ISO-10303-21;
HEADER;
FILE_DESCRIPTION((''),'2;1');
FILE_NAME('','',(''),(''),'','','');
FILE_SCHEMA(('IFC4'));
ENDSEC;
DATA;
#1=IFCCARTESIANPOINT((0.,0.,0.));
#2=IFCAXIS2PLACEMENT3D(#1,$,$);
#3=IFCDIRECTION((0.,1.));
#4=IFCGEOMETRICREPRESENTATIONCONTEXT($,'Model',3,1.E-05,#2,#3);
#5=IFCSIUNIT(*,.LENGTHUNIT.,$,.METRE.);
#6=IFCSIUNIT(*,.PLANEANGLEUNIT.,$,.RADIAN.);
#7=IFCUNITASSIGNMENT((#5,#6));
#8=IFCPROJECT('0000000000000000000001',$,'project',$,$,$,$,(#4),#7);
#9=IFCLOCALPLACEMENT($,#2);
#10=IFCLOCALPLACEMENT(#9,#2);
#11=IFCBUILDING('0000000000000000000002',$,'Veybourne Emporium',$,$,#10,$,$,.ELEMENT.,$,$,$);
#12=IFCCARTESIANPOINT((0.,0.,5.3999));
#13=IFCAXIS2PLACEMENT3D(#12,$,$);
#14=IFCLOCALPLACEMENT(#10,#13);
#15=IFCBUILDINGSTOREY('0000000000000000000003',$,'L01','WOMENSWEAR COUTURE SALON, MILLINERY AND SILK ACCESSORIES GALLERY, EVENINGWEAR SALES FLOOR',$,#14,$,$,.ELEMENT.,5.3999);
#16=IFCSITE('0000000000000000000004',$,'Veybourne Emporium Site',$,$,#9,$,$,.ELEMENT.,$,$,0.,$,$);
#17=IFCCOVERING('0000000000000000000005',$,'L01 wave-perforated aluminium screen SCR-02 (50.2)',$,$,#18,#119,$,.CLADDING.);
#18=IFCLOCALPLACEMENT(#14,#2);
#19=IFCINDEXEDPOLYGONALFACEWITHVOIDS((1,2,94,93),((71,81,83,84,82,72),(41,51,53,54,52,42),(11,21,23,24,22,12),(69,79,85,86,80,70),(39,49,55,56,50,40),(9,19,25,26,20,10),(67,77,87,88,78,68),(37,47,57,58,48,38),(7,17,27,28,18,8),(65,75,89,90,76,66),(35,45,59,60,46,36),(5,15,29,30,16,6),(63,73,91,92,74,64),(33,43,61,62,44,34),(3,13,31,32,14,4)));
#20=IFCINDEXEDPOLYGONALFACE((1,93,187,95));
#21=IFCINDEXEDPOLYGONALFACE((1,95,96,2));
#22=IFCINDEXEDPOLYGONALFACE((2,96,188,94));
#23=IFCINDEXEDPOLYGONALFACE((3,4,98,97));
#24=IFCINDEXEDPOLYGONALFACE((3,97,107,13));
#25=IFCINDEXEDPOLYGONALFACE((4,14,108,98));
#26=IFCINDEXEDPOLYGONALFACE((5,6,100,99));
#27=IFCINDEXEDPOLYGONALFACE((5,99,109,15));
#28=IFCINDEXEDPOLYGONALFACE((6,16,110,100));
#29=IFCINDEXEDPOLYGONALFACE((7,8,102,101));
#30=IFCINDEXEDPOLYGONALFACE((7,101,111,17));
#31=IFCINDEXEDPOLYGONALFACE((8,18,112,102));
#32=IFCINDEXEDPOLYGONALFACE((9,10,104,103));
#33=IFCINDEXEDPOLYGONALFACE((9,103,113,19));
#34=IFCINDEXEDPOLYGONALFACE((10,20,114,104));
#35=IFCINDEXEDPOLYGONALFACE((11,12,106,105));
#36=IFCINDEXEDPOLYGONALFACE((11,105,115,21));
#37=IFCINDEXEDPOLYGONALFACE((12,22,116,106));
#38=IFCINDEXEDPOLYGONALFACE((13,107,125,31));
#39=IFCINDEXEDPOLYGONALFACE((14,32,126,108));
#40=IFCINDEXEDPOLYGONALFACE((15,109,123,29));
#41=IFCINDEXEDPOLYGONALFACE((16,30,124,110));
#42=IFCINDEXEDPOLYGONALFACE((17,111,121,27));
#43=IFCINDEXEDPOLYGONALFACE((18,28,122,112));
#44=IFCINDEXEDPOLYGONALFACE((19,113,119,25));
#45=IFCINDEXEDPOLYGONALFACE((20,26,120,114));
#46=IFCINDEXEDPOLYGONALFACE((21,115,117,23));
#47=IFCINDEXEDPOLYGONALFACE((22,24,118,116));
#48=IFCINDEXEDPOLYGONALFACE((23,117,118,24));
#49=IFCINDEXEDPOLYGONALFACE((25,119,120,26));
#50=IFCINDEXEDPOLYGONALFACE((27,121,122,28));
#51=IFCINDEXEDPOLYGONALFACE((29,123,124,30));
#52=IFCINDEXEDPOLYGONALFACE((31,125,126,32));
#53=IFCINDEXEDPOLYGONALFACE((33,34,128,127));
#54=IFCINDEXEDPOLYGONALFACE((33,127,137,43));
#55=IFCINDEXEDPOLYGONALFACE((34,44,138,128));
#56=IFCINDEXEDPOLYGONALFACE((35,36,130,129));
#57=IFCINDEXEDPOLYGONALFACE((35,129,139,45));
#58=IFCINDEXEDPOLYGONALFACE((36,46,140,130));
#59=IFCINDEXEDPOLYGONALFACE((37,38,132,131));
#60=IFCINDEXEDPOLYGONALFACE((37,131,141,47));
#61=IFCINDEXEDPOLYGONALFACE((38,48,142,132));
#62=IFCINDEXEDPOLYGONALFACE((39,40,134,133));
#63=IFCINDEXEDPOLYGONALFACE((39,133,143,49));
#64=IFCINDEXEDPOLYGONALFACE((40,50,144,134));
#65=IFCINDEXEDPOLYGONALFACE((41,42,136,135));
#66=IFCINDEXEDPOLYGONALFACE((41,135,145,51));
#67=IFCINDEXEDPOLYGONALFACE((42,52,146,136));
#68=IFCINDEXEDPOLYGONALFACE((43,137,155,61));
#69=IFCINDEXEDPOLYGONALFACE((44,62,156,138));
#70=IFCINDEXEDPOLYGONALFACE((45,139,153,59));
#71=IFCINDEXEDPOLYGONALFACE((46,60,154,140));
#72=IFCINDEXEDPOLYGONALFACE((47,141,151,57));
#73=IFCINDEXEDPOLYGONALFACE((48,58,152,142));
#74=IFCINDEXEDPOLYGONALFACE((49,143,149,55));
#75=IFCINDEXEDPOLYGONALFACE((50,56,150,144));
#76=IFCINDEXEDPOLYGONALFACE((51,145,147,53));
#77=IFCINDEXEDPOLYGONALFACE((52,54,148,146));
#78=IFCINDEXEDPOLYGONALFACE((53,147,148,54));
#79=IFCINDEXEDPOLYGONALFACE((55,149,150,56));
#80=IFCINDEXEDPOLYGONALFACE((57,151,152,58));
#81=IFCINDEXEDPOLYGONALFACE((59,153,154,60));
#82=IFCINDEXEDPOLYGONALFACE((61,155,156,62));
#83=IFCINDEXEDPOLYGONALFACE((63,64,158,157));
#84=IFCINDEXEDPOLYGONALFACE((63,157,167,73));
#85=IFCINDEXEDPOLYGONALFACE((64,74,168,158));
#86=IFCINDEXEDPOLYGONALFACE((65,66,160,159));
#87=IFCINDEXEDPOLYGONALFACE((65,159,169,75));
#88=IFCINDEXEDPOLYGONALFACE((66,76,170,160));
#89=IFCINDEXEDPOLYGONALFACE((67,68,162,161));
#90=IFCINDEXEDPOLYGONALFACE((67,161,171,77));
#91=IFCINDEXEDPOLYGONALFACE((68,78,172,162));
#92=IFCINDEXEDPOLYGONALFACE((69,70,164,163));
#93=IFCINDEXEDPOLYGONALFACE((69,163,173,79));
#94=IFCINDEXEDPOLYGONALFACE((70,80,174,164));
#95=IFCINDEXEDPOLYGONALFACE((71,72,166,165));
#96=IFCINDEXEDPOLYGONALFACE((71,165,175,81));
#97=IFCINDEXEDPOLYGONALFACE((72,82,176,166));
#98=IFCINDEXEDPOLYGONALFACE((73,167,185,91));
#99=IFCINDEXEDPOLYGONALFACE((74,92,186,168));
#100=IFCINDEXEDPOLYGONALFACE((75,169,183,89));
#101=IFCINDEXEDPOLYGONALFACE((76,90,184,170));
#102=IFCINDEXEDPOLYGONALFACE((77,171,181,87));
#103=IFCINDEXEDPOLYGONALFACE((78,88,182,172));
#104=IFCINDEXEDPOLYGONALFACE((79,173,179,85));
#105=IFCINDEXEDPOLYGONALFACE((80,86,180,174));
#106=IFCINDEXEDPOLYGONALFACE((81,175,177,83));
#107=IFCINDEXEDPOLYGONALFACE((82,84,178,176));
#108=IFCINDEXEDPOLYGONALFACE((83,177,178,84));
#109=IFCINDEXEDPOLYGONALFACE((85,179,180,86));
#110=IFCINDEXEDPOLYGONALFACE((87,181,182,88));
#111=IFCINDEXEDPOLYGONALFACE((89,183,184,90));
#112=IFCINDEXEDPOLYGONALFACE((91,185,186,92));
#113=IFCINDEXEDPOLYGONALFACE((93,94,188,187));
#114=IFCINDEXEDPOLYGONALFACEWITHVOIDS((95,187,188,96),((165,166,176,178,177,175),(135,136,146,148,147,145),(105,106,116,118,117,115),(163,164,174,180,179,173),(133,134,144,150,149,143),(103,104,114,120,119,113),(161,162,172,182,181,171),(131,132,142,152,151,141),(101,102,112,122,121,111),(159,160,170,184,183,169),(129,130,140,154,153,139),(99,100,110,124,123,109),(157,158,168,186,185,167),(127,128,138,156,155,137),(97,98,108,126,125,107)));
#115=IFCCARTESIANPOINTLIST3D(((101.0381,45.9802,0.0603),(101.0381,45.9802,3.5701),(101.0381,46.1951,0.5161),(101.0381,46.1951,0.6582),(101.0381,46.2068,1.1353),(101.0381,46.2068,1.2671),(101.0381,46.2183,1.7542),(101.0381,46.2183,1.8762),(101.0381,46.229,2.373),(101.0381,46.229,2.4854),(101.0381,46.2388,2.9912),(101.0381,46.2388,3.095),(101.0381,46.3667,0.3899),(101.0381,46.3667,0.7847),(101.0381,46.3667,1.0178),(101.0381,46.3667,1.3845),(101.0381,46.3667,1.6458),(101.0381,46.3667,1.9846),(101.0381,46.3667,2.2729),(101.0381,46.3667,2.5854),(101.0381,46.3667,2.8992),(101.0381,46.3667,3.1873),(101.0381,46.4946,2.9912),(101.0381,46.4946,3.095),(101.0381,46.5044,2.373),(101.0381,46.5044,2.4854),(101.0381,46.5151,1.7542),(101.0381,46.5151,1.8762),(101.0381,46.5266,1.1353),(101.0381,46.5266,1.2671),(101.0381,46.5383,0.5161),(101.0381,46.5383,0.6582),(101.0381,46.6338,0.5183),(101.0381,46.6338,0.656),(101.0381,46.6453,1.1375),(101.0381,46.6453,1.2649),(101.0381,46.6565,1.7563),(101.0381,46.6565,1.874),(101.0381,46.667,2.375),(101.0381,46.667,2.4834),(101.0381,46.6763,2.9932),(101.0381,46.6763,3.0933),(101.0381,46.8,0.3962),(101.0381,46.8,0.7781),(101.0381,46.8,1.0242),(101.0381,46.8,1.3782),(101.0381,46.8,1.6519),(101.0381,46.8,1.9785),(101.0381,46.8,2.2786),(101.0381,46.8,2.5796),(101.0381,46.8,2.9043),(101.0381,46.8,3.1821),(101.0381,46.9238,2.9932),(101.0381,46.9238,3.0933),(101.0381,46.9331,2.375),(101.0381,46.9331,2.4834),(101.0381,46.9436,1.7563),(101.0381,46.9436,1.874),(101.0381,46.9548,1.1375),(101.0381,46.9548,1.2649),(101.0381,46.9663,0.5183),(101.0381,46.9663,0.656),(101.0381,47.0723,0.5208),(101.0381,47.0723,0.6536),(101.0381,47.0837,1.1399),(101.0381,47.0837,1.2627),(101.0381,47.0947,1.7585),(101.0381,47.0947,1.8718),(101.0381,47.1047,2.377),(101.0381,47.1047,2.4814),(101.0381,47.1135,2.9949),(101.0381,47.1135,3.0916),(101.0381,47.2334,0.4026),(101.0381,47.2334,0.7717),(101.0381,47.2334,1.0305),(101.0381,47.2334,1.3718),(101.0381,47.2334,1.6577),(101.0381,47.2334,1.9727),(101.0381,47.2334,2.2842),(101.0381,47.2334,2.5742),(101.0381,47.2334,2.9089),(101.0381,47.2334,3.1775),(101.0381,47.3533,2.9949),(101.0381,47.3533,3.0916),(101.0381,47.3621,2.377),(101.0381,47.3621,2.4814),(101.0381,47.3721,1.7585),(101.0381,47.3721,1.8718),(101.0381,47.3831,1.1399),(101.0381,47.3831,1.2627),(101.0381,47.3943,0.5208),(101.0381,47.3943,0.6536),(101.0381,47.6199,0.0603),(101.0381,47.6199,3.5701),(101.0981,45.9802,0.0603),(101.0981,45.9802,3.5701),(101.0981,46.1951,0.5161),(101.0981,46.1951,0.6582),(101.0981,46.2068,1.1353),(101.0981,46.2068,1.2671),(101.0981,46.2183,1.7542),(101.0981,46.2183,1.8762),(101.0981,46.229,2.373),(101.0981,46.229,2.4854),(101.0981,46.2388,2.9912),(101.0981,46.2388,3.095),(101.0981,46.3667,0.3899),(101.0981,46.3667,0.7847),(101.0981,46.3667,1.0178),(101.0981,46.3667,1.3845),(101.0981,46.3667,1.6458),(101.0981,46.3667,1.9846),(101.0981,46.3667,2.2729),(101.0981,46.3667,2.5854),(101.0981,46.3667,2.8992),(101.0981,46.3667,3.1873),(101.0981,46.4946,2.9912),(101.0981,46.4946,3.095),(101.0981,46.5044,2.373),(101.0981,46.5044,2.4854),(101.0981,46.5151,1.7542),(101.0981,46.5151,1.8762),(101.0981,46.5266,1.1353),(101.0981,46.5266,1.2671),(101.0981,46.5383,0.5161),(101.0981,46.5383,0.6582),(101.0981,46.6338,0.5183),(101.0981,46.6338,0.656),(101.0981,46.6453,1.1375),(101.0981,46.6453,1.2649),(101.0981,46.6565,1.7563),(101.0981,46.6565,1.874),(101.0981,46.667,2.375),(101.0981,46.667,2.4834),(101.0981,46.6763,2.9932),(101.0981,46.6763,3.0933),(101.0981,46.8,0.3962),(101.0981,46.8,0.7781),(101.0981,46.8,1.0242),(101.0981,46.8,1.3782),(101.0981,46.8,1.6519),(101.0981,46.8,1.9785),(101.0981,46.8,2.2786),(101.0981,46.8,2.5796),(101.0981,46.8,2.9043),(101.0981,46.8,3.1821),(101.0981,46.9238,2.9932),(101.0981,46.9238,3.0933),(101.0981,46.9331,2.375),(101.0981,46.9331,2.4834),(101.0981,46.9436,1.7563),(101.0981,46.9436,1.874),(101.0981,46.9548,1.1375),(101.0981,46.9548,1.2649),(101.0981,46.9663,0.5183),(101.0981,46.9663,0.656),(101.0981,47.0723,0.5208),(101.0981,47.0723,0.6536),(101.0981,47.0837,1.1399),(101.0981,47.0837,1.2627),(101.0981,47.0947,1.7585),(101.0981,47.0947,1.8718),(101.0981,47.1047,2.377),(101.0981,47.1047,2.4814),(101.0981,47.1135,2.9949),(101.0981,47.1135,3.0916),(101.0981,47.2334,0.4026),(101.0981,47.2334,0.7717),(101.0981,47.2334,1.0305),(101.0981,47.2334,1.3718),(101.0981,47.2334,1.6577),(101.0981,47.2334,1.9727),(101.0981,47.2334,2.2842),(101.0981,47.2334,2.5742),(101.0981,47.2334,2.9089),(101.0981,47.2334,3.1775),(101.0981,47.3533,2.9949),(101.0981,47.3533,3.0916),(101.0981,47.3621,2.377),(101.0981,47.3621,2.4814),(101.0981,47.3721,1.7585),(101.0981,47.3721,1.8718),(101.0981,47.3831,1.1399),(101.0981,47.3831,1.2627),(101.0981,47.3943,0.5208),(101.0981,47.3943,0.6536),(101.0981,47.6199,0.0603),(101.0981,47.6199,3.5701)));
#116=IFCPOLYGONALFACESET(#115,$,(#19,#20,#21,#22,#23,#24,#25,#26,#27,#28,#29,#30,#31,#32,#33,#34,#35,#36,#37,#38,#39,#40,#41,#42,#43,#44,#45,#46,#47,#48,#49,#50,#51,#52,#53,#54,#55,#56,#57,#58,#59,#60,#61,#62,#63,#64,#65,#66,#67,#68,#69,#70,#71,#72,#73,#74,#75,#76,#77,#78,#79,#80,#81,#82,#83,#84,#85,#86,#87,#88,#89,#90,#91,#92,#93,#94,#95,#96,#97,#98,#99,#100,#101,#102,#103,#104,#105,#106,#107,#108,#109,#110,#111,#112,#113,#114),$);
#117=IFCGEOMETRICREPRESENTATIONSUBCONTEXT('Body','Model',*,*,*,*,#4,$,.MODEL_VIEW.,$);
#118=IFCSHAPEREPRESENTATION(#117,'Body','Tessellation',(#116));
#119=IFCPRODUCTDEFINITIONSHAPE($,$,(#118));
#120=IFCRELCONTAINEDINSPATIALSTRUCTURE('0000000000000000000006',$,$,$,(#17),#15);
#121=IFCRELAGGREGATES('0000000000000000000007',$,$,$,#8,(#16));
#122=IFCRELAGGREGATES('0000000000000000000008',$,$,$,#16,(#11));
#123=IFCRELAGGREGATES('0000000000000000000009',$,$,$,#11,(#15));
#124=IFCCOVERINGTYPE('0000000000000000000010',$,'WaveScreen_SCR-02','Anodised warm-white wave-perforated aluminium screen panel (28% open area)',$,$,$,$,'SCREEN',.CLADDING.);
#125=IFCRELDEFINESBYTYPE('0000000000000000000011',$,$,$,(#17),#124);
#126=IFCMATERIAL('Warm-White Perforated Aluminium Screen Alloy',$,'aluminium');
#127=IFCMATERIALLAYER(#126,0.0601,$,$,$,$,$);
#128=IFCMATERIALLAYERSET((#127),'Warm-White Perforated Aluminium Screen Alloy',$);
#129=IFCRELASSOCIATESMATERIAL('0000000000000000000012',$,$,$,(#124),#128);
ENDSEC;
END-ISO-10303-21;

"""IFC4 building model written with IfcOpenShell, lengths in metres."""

from ifc_helpers import new_model, si_unit, direction, frame, origin, place, context, subcontext, project, spatial, polyline, outline, extrude, material, layer, layer_set, type_object, element, save


model = new_model("IFC4")

# Units and contexts
model_context = context("Model", 3, precision=1e-05, world=origin(), true_north=direction((0.0, 1.0)))
body_context = subcontext(model_context, "Body", "Model", "MODEL_VIEW")
ifc_project = project(units=[si_unit("LENGTHUNIT", "METRE"), si_unit("PLANEANGLEUNIT", "RADIAN")], contexts=[model_context])

# Site, building, storey
site_placement = place(None, origin())
site = spatial("IfcSite", under=ifc_project, at=site_placement, Name="Veybourne Emporium Site", CompositionType="ELEMENT", RefElevation=0.0)
building_placement = place(site_placement, origin())
building = spatial("IfcBuilding", under=site, at=building_placement, Name="Veybourne Emporium", CompositionType="ELEMENT")
storey_placement = place(building_placement, frame((0.0, 0.0, 5.3999)))
storey = spatial("IfcBuildingStorey", under=building, at=storey_placement, Name="L01", Description="WOMENSWEAR COUTURE SALON, MILLINERY AND SILK ACCESSORIES GALLERY, EVENINGWEAR SALES FLOOR", CompositionType="ELEMENT", Elevation=5.3999)

# Covering
ifc_material_1 = material(Name="Warm-White Perforated Aluminium Screen Alloy", Category="aluminium")
ifc_layer_1 = layer(ifc_material_1, 0.0601)
ifc_layer_set_1 = layer_set([ifc_layer_1], Name="Warm-White Perforated Aluminium Screen Alloy")
covering_type_1 = type_object("IfcCoveringType", Name="WaveScreen_SCR-02", Description="Anodised warm-white wave-perforated aluminium screen panel (28% open area)", ElementType="SCREEN", PredefinedType="CLADDING", material=ifc_layer_set_1)
covering_1_placement = place(storey_placement, frame((101.0981, 46.8, 1.8152), z_axis=(-1.0, 0.0, 0.0), x_axis=(0.0, -1.0, 0.0)))
element("IfcCovering", 1, at=covering_1_placement, inside=storey, type_object=covering_type_1, Name="L01 wave-perforated aluminium screen SCR-02 (50.2)", PredefinedType="CLADDING", context=body_context, shape_type="SweptSolid", body=[
    extrude(outline(polyline([(-0.8198, -1.7549), (0.8198, -1.7549), (0.8198, 1.7549), (-0.8198, 1.7549), (-0.8198, -1.7549)]), holes=[polyline([(-0.4333, -1.0435), (-0.2722, -1.1616), (-0.2722, -1.2944), (-0.4333, -1.4126), (-0.5942, -1.2944), (-0.5942, -1.1616), (-0.4333, -1.0435)]), polyline([(-0.4333, -0.4434), (-0.2837, -0.5525), (-0.2837, -0.6753), (-0.4333, -0.7847), (-0.583, -0.6753), (-0.583, -0.5525), (-0.4333, -0.4434)]), polyline([(-0.4333, 0.1575), (-0.2947, 0.0566), (-0.2947, -0.0566), (-0.4333, -0.1575), (-0.572, -0.0566), (-0.572, 0.0566), (-0.4333, 0.1575)]), polyline([(-0.4333, 0.759), (-0.3047, 0.6663), (-0.3047, 0.5618), (-0.4333, 0.469), (-0.562, 0.5618), (-0.562, 0.6663), (-0.4333, 0.759)]), polyline([(-0.4333, 1.3623), (-0.3135, 1.2764), (-0.3135, 1.1797), (-0.4333, 1.0938), (-0.5532, 1.1797), (-0.5532, 1.2764), (-0.4333, 1.3623)]), polyline([(0.0, -1.0371), (0.1663, -1.1592), (0.1663, -1.2969), (0.0, -1.4189), (-0.1663, -1.2969), (-0.1663, -1.1592), (0.0, -1.0371)]), polyline([(0.0, -0.437), (0.1548, -0.5503), (0.1548, -0.6777), (0.0, -0.791), (-0.1548, -0.6777), (-0.1548, -0.5503), (0.0, -0.437)]), polyline([(0.0, 0.1633), (0.1436, 0.0588), (0.1436, -0.0588), (0.0, -0.1633), (-0.1436, -0.0588), (-0.1436, 0.0588), (0.0, 0.1633)]), polyline([(0.0, 0.7644), (0.1331, 0.6682), (0.1331, 0.5598), (0.0, 0.4634), (-0.1331, 0.5598), (-0.1331, 0.6682), (0.0, 0.7644)]), polyline([(0.0, 1.3669), (0.1238, 1.2781), (0.1238, 1.178), (0.0, 1.0891), (-0.1238, 1.178), (-0.1238, 1.2781), (0.0, 1.3669)]), polyline([(0.4333, -1.0305), (0.605, -1.157), (0.605, -1.2991), (0.4333, -1.4253), (0.2617, -1.2991), (0.2617, -1.157), (0.4333, -1.0305)]), polyline([(0.4333, -0.4307), (0.5933, -0.5481), (0.5933, -0.6799), (0.4333, -0.7974), (0.2734, -0.6799), (0.2734, -0.5481), (0.4333, -0.4307)]), polyline([(0.4333, 0.1694), (0.5818, 0.061), (0.5818, -0.061), (0.4333, -0.1694), (0.2849, -0.061), (0.2849, 0.061), (0.4333, 0.1694)]), polyline([(0.4333, 0.7703), (0.571, 0.6702), (0.571, 0.5579), (0.4333, 0.4578), (0.2957, 0.5579), (0.2957, 0.6702), (0.4333, 0.7703)]), polyline([(0.4333, 1.3721), (0.5613, 1.2798), (0.5613, 1.176), (0.4333, 1.084), (0.3054, 1.176), (0.3054, 1.2798), (0.4333, 1.3721)])]), origin(), (0.0, 0.0, 1.0), 0.0601),
])

save(model, "model.ifc")
